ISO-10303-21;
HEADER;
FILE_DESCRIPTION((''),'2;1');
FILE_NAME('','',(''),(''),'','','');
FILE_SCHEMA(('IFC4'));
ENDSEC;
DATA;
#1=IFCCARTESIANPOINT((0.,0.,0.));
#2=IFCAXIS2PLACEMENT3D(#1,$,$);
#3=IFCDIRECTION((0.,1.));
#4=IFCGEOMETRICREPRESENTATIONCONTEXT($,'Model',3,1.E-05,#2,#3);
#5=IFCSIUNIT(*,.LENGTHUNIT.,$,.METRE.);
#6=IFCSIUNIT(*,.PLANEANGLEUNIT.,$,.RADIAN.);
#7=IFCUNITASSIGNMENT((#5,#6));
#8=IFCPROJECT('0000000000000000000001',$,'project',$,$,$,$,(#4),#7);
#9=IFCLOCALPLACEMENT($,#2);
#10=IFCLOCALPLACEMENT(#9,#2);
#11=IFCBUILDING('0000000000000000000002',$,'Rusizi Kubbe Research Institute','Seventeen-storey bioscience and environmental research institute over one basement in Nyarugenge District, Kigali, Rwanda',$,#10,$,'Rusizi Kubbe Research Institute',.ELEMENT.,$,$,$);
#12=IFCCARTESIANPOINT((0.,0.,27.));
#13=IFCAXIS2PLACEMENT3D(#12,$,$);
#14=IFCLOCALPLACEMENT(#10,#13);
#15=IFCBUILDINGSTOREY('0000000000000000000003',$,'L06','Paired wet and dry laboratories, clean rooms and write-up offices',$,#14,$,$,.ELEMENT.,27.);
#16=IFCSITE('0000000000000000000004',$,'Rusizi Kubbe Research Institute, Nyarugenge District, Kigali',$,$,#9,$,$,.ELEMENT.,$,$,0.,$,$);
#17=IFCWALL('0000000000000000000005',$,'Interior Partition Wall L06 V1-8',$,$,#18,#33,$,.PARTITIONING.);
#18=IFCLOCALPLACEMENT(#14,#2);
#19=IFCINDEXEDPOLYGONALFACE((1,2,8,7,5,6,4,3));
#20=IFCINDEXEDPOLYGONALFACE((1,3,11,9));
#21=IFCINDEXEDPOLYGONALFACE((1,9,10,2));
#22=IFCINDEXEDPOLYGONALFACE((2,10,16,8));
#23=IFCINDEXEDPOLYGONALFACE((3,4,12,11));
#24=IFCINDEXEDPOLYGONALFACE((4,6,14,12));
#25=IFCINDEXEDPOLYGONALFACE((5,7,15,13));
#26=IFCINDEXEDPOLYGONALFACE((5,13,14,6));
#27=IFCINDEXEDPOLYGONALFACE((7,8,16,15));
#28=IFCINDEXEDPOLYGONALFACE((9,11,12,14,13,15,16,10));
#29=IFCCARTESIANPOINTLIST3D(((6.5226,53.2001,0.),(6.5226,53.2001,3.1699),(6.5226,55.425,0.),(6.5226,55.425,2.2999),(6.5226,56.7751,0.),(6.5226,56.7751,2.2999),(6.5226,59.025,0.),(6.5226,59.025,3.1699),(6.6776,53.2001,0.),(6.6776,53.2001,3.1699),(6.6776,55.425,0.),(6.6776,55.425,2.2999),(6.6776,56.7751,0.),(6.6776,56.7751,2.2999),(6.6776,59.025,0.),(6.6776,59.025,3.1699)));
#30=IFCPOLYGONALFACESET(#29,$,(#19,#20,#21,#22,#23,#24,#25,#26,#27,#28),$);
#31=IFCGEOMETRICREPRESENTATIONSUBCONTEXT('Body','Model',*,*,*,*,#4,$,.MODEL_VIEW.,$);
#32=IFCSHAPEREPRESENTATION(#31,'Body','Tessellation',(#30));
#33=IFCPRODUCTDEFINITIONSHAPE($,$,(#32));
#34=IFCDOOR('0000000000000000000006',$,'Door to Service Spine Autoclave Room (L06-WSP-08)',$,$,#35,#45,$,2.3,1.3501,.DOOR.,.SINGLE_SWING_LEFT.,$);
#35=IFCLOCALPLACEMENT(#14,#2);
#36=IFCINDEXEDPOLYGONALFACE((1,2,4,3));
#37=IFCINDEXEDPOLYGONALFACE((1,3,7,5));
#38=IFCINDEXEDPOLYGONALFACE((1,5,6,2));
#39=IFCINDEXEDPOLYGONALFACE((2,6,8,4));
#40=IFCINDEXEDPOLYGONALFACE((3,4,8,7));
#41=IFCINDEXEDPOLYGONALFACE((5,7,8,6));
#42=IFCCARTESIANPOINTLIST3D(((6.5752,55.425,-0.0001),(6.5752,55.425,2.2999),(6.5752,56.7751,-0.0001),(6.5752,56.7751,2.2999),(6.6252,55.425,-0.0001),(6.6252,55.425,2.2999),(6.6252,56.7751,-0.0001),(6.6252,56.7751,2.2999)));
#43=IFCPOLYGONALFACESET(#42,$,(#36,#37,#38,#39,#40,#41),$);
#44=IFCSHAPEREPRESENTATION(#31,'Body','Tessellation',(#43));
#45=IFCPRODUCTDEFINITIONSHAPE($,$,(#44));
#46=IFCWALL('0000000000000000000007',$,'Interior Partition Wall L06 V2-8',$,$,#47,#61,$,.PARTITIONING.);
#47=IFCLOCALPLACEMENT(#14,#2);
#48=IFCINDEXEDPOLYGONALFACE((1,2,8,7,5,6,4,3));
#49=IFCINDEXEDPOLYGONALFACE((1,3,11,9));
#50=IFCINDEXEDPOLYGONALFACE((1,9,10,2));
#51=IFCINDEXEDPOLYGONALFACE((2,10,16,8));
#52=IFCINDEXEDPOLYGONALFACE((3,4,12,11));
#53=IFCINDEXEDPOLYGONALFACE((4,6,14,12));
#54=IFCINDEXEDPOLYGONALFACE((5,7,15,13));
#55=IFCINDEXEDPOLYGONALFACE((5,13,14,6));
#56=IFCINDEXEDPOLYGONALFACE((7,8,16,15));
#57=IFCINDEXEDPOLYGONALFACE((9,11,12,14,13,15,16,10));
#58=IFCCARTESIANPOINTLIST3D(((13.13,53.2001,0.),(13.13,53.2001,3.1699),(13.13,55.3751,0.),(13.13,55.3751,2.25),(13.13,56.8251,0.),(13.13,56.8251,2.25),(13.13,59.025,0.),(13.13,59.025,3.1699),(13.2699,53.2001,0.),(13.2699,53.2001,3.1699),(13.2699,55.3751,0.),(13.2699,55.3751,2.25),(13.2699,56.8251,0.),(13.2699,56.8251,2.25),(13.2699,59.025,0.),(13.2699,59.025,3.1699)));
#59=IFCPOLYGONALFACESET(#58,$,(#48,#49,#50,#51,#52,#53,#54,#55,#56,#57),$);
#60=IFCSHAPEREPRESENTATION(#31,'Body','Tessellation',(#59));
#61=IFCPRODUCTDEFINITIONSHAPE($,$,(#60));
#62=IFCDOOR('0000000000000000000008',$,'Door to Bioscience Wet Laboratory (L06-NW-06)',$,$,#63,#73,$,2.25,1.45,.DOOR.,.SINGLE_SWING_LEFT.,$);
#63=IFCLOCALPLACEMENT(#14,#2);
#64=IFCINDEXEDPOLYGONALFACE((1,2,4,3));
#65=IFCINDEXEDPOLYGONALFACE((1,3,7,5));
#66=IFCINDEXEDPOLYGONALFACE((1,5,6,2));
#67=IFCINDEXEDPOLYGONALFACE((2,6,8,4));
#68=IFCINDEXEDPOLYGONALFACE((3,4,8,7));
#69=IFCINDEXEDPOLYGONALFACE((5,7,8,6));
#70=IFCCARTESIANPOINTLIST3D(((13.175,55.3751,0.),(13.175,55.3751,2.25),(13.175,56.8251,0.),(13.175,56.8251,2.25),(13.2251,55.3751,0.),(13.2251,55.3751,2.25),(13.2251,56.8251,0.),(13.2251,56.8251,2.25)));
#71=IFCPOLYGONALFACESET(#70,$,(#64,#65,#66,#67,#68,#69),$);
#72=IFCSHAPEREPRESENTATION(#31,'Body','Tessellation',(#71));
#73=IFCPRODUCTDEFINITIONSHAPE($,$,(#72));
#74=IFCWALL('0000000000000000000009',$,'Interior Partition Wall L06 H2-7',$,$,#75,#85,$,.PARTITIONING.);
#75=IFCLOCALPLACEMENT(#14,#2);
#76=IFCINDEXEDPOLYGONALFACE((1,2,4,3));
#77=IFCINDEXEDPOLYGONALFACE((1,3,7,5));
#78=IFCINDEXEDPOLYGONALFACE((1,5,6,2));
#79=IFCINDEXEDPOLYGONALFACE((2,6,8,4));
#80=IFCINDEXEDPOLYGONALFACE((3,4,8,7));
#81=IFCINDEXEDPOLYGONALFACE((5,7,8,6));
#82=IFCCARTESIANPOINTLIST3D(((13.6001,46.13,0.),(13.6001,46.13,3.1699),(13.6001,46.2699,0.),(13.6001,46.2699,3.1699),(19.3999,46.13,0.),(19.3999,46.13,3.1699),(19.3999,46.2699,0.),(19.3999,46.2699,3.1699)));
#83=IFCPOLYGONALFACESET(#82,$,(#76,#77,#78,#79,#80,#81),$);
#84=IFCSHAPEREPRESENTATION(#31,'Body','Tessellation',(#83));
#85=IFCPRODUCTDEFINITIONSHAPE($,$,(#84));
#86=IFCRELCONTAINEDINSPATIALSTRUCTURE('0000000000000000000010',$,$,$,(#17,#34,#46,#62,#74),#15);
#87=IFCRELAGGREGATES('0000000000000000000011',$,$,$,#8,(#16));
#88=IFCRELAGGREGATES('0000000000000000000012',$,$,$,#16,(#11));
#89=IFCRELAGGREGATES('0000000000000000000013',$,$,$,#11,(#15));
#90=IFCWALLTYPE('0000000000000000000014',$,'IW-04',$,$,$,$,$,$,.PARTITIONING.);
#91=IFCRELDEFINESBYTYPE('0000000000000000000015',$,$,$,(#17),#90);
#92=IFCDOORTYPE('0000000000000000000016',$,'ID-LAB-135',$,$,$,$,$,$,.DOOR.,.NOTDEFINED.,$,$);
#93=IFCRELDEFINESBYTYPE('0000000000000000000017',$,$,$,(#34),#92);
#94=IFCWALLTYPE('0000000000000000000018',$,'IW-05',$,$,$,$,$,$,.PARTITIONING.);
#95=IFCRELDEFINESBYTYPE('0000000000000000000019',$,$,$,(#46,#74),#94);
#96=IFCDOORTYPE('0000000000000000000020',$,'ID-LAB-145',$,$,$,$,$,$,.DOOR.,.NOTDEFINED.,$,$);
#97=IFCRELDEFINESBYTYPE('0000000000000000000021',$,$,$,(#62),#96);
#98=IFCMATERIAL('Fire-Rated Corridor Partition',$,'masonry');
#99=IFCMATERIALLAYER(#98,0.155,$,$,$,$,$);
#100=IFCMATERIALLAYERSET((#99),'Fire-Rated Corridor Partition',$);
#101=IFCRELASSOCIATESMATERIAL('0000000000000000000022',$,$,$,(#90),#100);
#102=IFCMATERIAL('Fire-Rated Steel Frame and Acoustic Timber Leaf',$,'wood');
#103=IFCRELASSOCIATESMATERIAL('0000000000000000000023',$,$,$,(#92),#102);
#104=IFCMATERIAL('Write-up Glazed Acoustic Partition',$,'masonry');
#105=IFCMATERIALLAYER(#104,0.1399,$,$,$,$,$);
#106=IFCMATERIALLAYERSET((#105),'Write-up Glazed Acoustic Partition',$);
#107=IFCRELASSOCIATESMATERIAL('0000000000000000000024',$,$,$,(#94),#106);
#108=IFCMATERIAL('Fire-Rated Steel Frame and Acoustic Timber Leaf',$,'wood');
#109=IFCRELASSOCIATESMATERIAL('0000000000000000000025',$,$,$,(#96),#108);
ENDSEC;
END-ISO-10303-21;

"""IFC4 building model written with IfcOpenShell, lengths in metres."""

from ifc_helpers import new_model, si_unit, direction, frame, frame_2d, origin, place, context, subcontext, project, spatial, rectangle, extrude, material, layer, layer_set, type_object, element, fill, save


model = new_model("IFC4")

# Units and contexts
model_context = context("Model", 3, precision=1e-05, world=origin(), true_north=direction((0.0, 1.0)))
body_context = subcontext(model_context, "Body", "Model", "MODEL_VIEW")
ifc_project = project(units=[si_unit("LENGTHUNIT", "METRE"), si_unit("PLANEANGLEUNIT", "RADIAN")], contexts=[model_context])

# Site, building, storey
site_placement = place(None, origin())
site = spatial("IfcSite", under=ifc_project, at=site_placement, Name="Rusizi Kubbe Research Institute, Nyarugenge District, Kigali", CompositionType="ELEMENT", RefElevation=0.0)
building_placement = place(site_placement, origin())
building = spatial("IfcBuilding", under=site, at=building_placement, Name="Rusizi Kubbe Research Institute", Description="Seventeen-storey bioscience and environmental research institute over one basement in Nyarugenge District, Kigali, Rwanda", LongName="Rusizi Kubbe Research Institute", CompositionType="ELEMENT")
storey_placement = place(building_placement, frame((0.0, 0.0, 27.0)))
storey = spatial("IfcBuildingStorey", under=building, at=storey_placement, Name="L06", Description="Paired wet and dry laboratories, clean rooms and write-up offices", CompositionType="ELEMENT", Elevation=27.0)

# Walls, openings, doors
ifc_material_1 = material(Name="Fire-Rated Corridor Partition", Category="masonry")
ifc_layer_1 = layer(ifc_material_1, 0.155)
ifc_layer_set_1 = layer_set([ifc_layer_1], Name="Fire-Rated Corridor Partition")
wall_type_1 = type_object("IfcWallType", Name="IW-04", PredefinedType="PARTITIONING", material=ifc_layer_set_1)
wall_1_placement = place(storey_placement, frame((6.6001, 53.2, 0.0), z_axis=(0.0, 0.0, 1.0), x_axis=(0.0, 1.0, 0.0)))
wall_1 = element("IfcWall", 1, at=wall_1_placement, inside=storey, type_object=wall_type_1, Name="Interior Partition Wall L06 V1-8", PredefinedType="PARTITIONING", context=body_context, shape_type="SweptSolid", body=[
    extrude(rectangle(XDim=5.825, YDim=0.155, at=frame_2d((2.9126, 0.0))), origin(), (0.0, 0.0, 1.0), 3.1699),
])
opening_1_placement = place(wall_1_placement, frame((2.2251, 0.0, 0.0)))
opening_1 = element("IfcOpeningElement", 2, at=opening_1_placement, cuts=wall_1, PredefinedType="OPENING", context=body_context, shape_type="SweptSolid", body=[
    extrude(rectangle(XDim=1.3501, YDim=2.3, at=frame_2d((0.675, 1.1499))), frame((0.0, 0.0874, 0.0), z_axis=(0.0, -1.0, 0.0), x_axis=(1.0, 0.0, 0.0)), (0.0, 0.0, 1.0), 0.175),
])
ifc_material_2 = material(Name="Fire-Rated Steel Frame and Acoustic Timber Leaf", Category="wood")
door_type_1 = type_object("IfcDoorType", Name="ID-LAB-135", OperationType="NOTDEFINED", PredefinedType="DOOR", material=ifc_material_2)
door_1_placement = place(opening_1_placement, origin())
door_1 = element("IfcDoor", 3, at=door_1_placement, inside=storey, type_object=door_type_1, Name="Door to Service Spine Autoclave Room (L06-WSP-08)", OperationType="SINGLE_SWING_LEFT", OverallHeight=2.3, OverallWidth=1.3501, PredefinedType="DOOR", context=body_context, shape_type="SweptSolid", body=[
    extrude(rectangle(XDim=1.3501, YDim=2.3, at=frame_2d((0.675, 1.1499))), frame((0.0, 0.0249, 0.0), z_axis=(0.0, -1.0, 0.0), x_axis=(1.0, 0.0, 0.0)), (0.0, 0.0, 1.0), 0.05),
])
fill(opening_1, door_1)
ifc_material_3 = material(Name="Write-up Glazed Acoustic Partition", Category="masonry")
ifc_layer_2 = layer(ifc_material_3, 0.1399)
ifc_layer_set_2 = layer_set([ifc_layer_2], Name="Write-up Glazed Acoustic Partition")
wall_type_2 = type_object("IfcWallType", Name="IW-05", PredefinedType="PARTITIONING", material=ifc_layer_set_2)
wall_2_placement = place(storey_placement, frame((13.2, 53.2, 0.0), z_axis=(0.0, 0.0, 1.0), x_axis=(0.0, 1.0, 0.0)))
wall_2 = element("IfcWall", 4, at=wall_2_placement, inside=storey, type_object=wall_type_2, Name="Interior Partition Wall L06 V2-8", PredefinedType="PARTITIONING", context=body_context, shape_type="SweptSolid", body=[
    extrude(rectangle(XDim=5.825, YDim=0.1399, at=frame_2d((2.9126, 0.0))), origin(), (0.0, 0.0, 1.0), 3.1699),
])
opening_2_placement = place(wall_2_placement, frame((2.175, 0.0, 0.0)))
opening_2 = element("IfcOpeningElement", 5, at=opening_2_placement, cuts=wall_2, PredefinedType="OPENING", context=body_context, shape_type="SweptSolid", body=[
    extrude(rectangle(XDim=1.45, YDim=2.25, at=frame_2d((0.7251, 1.125))), frame((0.0, 0.0798, 0.0), z_axis=(0.0, -1.0, 0.0), x_axis=(1.0, 0.0, 0.0)), (0.0, 0.0, 1.0), 0.1599),
])
ifc_material_4 = material(Name="Fire-Rated Steel Frame and Acoustic Timber Leaf", Category="wood")
door_type_2 = type_object("IfcDoorType", Name="ID-LAB-145", OperationType="NOTDEFINED", PredefinedType="DOOR", material=ifc_material_4)
door_2_placement = place(opening_2_placement, origin())
door_2 = element("IfcDoor", 6, at=door_2_placement, inside=storey, type_object=door_type_2, Name="Door to Bioscience Wet Laboratory (L06-NW-06)", OperationType="SINGLE_SWING_LEFT", OverallHeight=2.25, OverallWidth=1.45, PredefinedType="DOOR", context=body_context, shape_type="SweptSolid", body=[
    extrude(rectangle(XDim=1.45, YDim=2.25, at=frame_2d((0.7251, 1.125))), frame((0.0, 0.0249, 0.0), z_axis=(0.0, -1.0, 0.0), x_axis=(1.0, 0.0, 0.0)), (0.0, 0.0, 1.0), 0.05),
])
fill(opening_2, door_2)

# Wall
wall_3_placement = place(storey_placement, frame((13.6001, 46.2, 0.0), z_axis=(0.0, 0.0, 1.0), x_axis=(1.0, 0.0, 0.0)))
element("IfcWall", 7, at=wall_3_placement, inside=storey, type_object=wall_type_2, Name="Interior Partition Wall L06 H2-7", PredefinedType="PARTITIONING", context=body_context, shape_type="SweptSolid", body=[
    extrude(rectangle(XDim=5.7998, YDim=0.1399, at=frame_2d((2.8999, 0.0))), origin(), (0.0, 0.0, 1.0), 3.1699),
])

save(model, "model.ifc")
